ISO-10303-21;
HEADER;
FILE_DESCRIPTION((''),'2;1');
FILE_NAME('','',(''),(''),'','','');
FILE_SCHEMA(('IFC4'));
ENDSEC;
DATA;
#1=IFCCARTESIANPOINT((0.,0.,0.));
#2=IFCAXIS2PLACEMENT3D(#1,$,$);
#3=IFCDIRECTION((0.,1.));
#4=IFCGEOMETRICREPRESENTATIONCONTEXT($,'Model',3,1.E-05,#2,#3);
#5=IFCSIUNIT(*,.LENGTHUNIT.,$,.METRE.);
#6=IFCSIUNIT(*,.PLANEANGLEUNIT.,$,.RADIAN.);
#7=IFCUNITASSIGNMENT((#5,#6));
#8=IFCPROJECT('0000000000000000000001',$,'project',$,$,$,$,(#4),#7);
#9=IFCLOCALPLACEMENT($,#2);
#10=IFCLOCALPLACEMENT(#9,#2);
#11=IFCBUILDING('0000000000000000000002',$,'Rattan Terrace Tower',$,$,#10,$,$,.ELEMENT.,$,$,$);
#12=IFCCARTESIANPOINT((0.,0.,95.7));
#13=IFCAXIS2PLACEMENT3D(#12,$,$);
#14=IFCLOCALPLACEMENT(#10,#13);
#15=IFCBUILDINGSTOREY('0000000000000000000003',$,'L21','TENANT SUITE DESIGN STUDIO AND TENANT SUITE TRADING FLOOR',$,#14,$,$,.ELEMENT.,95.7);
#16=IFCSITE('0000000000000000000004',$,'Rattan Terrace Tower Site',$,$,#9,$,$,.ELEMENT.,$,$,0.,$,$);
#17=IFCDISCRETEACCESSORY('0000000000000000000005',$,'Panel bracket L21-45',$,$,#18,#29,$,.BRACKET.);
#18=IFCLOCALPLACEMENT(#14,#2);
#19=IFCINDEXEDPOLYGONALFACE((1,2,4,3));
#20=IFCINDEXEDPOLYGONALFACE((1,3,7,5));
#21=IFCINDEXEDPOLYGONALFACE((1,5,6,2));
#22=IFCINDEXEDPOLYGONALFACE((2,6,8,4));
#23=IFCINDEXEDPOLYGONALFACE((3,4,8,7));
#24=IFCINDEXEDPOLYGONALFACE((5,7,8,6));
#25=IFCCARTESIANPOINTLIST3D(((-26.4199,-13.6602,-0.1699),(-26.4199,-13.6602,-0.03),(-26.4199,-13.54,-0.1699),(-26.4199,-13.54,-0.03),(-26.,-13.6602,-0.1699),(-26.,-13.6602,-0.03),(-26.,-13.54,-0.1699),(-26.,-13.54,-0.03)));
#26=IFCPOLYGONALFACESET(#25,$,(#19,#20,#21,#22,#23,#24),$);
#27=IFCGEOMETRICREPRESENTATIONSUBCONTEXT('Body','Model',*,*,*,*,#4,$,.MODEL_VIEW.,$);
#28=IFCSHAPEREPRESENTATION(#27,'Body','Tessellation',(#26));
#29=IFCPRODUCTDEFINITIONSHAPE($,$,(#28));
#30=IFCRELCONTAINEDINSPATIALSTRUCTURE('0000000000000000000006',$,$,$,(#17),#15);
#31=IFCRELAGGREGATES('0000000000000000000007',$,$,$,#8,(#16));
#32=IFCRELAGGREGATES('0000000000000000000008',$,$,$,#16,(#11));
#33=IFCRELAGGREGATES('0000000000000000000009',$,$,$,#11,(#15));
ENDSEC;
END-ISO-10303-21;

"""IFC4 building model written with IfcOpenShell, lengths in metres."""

from ifc_helpers import new_model, si_unit, direction, frame, origin, origin_2d, place, context, subcontext, project, spatial, rectangle, extrude, element, save


model = new_model("IFC4")

# Units and contexts
model_context = context("Model", 3, precision=1e-05, world=origin(), true_north=direction((0.0, 1.0)))
body_context = subcontext(model_context, "Body", "Model", "MODEL_VIEW")
ifc_project = project(units=[si_unit("LENGTHUNIT", "METRE"), si_unit("PLANEANGLEUNIT", "RADIAN")], contexts=[model_context])

# Site, building, storey
site_placement = place(None, origin())
site = spatial("IfcSite", under=ifc_project, at=site_placement, Name="Rattan Terrace Tower Site", CompositionType="ELEMENT", RefElevation=0.0)
building_placement = place(site_placement, origin())
building = spatial("IfcBuilding", under=site, at=building_placement, Name="Rattan Terrace Tower", CompositionType="ELEMENT")
storey_placement = place(building_placement, frame((0.0, 0.0, 95.7)))
storey = spatial("IfcBuildingStorey", under=building, at=storey_placement, Name="L21", Description="TENANT SUITE DESIGN STUDIO AND TENANT SUITE TRADING FLOOR", CompositionType="ELEMENT", Elevation=95.7)

# Discrete accessory
discrete_accessory_placement = place(storey_placement, frame((-26.21, -13.6001, -0.1699), z_axis=(0.0, 0.0, 1.0), x_axis=(0.0, -1.0, 0.0)))
element("IfcDiscreteAccessory", 1, at=discrete_accessory_placement, inside=storey, Name="Panel bracket L21-45", PredefinedType="BRACKET", context=body_context, shape_type="SweptSolid", body=[
    extrude(rectangle(XDim=0.1201, YDim=0.4199, at=origin_2d()), origin(), (0.0, 0.0, 1.0), 0.1399),
])

save(model, "model.ifc")
